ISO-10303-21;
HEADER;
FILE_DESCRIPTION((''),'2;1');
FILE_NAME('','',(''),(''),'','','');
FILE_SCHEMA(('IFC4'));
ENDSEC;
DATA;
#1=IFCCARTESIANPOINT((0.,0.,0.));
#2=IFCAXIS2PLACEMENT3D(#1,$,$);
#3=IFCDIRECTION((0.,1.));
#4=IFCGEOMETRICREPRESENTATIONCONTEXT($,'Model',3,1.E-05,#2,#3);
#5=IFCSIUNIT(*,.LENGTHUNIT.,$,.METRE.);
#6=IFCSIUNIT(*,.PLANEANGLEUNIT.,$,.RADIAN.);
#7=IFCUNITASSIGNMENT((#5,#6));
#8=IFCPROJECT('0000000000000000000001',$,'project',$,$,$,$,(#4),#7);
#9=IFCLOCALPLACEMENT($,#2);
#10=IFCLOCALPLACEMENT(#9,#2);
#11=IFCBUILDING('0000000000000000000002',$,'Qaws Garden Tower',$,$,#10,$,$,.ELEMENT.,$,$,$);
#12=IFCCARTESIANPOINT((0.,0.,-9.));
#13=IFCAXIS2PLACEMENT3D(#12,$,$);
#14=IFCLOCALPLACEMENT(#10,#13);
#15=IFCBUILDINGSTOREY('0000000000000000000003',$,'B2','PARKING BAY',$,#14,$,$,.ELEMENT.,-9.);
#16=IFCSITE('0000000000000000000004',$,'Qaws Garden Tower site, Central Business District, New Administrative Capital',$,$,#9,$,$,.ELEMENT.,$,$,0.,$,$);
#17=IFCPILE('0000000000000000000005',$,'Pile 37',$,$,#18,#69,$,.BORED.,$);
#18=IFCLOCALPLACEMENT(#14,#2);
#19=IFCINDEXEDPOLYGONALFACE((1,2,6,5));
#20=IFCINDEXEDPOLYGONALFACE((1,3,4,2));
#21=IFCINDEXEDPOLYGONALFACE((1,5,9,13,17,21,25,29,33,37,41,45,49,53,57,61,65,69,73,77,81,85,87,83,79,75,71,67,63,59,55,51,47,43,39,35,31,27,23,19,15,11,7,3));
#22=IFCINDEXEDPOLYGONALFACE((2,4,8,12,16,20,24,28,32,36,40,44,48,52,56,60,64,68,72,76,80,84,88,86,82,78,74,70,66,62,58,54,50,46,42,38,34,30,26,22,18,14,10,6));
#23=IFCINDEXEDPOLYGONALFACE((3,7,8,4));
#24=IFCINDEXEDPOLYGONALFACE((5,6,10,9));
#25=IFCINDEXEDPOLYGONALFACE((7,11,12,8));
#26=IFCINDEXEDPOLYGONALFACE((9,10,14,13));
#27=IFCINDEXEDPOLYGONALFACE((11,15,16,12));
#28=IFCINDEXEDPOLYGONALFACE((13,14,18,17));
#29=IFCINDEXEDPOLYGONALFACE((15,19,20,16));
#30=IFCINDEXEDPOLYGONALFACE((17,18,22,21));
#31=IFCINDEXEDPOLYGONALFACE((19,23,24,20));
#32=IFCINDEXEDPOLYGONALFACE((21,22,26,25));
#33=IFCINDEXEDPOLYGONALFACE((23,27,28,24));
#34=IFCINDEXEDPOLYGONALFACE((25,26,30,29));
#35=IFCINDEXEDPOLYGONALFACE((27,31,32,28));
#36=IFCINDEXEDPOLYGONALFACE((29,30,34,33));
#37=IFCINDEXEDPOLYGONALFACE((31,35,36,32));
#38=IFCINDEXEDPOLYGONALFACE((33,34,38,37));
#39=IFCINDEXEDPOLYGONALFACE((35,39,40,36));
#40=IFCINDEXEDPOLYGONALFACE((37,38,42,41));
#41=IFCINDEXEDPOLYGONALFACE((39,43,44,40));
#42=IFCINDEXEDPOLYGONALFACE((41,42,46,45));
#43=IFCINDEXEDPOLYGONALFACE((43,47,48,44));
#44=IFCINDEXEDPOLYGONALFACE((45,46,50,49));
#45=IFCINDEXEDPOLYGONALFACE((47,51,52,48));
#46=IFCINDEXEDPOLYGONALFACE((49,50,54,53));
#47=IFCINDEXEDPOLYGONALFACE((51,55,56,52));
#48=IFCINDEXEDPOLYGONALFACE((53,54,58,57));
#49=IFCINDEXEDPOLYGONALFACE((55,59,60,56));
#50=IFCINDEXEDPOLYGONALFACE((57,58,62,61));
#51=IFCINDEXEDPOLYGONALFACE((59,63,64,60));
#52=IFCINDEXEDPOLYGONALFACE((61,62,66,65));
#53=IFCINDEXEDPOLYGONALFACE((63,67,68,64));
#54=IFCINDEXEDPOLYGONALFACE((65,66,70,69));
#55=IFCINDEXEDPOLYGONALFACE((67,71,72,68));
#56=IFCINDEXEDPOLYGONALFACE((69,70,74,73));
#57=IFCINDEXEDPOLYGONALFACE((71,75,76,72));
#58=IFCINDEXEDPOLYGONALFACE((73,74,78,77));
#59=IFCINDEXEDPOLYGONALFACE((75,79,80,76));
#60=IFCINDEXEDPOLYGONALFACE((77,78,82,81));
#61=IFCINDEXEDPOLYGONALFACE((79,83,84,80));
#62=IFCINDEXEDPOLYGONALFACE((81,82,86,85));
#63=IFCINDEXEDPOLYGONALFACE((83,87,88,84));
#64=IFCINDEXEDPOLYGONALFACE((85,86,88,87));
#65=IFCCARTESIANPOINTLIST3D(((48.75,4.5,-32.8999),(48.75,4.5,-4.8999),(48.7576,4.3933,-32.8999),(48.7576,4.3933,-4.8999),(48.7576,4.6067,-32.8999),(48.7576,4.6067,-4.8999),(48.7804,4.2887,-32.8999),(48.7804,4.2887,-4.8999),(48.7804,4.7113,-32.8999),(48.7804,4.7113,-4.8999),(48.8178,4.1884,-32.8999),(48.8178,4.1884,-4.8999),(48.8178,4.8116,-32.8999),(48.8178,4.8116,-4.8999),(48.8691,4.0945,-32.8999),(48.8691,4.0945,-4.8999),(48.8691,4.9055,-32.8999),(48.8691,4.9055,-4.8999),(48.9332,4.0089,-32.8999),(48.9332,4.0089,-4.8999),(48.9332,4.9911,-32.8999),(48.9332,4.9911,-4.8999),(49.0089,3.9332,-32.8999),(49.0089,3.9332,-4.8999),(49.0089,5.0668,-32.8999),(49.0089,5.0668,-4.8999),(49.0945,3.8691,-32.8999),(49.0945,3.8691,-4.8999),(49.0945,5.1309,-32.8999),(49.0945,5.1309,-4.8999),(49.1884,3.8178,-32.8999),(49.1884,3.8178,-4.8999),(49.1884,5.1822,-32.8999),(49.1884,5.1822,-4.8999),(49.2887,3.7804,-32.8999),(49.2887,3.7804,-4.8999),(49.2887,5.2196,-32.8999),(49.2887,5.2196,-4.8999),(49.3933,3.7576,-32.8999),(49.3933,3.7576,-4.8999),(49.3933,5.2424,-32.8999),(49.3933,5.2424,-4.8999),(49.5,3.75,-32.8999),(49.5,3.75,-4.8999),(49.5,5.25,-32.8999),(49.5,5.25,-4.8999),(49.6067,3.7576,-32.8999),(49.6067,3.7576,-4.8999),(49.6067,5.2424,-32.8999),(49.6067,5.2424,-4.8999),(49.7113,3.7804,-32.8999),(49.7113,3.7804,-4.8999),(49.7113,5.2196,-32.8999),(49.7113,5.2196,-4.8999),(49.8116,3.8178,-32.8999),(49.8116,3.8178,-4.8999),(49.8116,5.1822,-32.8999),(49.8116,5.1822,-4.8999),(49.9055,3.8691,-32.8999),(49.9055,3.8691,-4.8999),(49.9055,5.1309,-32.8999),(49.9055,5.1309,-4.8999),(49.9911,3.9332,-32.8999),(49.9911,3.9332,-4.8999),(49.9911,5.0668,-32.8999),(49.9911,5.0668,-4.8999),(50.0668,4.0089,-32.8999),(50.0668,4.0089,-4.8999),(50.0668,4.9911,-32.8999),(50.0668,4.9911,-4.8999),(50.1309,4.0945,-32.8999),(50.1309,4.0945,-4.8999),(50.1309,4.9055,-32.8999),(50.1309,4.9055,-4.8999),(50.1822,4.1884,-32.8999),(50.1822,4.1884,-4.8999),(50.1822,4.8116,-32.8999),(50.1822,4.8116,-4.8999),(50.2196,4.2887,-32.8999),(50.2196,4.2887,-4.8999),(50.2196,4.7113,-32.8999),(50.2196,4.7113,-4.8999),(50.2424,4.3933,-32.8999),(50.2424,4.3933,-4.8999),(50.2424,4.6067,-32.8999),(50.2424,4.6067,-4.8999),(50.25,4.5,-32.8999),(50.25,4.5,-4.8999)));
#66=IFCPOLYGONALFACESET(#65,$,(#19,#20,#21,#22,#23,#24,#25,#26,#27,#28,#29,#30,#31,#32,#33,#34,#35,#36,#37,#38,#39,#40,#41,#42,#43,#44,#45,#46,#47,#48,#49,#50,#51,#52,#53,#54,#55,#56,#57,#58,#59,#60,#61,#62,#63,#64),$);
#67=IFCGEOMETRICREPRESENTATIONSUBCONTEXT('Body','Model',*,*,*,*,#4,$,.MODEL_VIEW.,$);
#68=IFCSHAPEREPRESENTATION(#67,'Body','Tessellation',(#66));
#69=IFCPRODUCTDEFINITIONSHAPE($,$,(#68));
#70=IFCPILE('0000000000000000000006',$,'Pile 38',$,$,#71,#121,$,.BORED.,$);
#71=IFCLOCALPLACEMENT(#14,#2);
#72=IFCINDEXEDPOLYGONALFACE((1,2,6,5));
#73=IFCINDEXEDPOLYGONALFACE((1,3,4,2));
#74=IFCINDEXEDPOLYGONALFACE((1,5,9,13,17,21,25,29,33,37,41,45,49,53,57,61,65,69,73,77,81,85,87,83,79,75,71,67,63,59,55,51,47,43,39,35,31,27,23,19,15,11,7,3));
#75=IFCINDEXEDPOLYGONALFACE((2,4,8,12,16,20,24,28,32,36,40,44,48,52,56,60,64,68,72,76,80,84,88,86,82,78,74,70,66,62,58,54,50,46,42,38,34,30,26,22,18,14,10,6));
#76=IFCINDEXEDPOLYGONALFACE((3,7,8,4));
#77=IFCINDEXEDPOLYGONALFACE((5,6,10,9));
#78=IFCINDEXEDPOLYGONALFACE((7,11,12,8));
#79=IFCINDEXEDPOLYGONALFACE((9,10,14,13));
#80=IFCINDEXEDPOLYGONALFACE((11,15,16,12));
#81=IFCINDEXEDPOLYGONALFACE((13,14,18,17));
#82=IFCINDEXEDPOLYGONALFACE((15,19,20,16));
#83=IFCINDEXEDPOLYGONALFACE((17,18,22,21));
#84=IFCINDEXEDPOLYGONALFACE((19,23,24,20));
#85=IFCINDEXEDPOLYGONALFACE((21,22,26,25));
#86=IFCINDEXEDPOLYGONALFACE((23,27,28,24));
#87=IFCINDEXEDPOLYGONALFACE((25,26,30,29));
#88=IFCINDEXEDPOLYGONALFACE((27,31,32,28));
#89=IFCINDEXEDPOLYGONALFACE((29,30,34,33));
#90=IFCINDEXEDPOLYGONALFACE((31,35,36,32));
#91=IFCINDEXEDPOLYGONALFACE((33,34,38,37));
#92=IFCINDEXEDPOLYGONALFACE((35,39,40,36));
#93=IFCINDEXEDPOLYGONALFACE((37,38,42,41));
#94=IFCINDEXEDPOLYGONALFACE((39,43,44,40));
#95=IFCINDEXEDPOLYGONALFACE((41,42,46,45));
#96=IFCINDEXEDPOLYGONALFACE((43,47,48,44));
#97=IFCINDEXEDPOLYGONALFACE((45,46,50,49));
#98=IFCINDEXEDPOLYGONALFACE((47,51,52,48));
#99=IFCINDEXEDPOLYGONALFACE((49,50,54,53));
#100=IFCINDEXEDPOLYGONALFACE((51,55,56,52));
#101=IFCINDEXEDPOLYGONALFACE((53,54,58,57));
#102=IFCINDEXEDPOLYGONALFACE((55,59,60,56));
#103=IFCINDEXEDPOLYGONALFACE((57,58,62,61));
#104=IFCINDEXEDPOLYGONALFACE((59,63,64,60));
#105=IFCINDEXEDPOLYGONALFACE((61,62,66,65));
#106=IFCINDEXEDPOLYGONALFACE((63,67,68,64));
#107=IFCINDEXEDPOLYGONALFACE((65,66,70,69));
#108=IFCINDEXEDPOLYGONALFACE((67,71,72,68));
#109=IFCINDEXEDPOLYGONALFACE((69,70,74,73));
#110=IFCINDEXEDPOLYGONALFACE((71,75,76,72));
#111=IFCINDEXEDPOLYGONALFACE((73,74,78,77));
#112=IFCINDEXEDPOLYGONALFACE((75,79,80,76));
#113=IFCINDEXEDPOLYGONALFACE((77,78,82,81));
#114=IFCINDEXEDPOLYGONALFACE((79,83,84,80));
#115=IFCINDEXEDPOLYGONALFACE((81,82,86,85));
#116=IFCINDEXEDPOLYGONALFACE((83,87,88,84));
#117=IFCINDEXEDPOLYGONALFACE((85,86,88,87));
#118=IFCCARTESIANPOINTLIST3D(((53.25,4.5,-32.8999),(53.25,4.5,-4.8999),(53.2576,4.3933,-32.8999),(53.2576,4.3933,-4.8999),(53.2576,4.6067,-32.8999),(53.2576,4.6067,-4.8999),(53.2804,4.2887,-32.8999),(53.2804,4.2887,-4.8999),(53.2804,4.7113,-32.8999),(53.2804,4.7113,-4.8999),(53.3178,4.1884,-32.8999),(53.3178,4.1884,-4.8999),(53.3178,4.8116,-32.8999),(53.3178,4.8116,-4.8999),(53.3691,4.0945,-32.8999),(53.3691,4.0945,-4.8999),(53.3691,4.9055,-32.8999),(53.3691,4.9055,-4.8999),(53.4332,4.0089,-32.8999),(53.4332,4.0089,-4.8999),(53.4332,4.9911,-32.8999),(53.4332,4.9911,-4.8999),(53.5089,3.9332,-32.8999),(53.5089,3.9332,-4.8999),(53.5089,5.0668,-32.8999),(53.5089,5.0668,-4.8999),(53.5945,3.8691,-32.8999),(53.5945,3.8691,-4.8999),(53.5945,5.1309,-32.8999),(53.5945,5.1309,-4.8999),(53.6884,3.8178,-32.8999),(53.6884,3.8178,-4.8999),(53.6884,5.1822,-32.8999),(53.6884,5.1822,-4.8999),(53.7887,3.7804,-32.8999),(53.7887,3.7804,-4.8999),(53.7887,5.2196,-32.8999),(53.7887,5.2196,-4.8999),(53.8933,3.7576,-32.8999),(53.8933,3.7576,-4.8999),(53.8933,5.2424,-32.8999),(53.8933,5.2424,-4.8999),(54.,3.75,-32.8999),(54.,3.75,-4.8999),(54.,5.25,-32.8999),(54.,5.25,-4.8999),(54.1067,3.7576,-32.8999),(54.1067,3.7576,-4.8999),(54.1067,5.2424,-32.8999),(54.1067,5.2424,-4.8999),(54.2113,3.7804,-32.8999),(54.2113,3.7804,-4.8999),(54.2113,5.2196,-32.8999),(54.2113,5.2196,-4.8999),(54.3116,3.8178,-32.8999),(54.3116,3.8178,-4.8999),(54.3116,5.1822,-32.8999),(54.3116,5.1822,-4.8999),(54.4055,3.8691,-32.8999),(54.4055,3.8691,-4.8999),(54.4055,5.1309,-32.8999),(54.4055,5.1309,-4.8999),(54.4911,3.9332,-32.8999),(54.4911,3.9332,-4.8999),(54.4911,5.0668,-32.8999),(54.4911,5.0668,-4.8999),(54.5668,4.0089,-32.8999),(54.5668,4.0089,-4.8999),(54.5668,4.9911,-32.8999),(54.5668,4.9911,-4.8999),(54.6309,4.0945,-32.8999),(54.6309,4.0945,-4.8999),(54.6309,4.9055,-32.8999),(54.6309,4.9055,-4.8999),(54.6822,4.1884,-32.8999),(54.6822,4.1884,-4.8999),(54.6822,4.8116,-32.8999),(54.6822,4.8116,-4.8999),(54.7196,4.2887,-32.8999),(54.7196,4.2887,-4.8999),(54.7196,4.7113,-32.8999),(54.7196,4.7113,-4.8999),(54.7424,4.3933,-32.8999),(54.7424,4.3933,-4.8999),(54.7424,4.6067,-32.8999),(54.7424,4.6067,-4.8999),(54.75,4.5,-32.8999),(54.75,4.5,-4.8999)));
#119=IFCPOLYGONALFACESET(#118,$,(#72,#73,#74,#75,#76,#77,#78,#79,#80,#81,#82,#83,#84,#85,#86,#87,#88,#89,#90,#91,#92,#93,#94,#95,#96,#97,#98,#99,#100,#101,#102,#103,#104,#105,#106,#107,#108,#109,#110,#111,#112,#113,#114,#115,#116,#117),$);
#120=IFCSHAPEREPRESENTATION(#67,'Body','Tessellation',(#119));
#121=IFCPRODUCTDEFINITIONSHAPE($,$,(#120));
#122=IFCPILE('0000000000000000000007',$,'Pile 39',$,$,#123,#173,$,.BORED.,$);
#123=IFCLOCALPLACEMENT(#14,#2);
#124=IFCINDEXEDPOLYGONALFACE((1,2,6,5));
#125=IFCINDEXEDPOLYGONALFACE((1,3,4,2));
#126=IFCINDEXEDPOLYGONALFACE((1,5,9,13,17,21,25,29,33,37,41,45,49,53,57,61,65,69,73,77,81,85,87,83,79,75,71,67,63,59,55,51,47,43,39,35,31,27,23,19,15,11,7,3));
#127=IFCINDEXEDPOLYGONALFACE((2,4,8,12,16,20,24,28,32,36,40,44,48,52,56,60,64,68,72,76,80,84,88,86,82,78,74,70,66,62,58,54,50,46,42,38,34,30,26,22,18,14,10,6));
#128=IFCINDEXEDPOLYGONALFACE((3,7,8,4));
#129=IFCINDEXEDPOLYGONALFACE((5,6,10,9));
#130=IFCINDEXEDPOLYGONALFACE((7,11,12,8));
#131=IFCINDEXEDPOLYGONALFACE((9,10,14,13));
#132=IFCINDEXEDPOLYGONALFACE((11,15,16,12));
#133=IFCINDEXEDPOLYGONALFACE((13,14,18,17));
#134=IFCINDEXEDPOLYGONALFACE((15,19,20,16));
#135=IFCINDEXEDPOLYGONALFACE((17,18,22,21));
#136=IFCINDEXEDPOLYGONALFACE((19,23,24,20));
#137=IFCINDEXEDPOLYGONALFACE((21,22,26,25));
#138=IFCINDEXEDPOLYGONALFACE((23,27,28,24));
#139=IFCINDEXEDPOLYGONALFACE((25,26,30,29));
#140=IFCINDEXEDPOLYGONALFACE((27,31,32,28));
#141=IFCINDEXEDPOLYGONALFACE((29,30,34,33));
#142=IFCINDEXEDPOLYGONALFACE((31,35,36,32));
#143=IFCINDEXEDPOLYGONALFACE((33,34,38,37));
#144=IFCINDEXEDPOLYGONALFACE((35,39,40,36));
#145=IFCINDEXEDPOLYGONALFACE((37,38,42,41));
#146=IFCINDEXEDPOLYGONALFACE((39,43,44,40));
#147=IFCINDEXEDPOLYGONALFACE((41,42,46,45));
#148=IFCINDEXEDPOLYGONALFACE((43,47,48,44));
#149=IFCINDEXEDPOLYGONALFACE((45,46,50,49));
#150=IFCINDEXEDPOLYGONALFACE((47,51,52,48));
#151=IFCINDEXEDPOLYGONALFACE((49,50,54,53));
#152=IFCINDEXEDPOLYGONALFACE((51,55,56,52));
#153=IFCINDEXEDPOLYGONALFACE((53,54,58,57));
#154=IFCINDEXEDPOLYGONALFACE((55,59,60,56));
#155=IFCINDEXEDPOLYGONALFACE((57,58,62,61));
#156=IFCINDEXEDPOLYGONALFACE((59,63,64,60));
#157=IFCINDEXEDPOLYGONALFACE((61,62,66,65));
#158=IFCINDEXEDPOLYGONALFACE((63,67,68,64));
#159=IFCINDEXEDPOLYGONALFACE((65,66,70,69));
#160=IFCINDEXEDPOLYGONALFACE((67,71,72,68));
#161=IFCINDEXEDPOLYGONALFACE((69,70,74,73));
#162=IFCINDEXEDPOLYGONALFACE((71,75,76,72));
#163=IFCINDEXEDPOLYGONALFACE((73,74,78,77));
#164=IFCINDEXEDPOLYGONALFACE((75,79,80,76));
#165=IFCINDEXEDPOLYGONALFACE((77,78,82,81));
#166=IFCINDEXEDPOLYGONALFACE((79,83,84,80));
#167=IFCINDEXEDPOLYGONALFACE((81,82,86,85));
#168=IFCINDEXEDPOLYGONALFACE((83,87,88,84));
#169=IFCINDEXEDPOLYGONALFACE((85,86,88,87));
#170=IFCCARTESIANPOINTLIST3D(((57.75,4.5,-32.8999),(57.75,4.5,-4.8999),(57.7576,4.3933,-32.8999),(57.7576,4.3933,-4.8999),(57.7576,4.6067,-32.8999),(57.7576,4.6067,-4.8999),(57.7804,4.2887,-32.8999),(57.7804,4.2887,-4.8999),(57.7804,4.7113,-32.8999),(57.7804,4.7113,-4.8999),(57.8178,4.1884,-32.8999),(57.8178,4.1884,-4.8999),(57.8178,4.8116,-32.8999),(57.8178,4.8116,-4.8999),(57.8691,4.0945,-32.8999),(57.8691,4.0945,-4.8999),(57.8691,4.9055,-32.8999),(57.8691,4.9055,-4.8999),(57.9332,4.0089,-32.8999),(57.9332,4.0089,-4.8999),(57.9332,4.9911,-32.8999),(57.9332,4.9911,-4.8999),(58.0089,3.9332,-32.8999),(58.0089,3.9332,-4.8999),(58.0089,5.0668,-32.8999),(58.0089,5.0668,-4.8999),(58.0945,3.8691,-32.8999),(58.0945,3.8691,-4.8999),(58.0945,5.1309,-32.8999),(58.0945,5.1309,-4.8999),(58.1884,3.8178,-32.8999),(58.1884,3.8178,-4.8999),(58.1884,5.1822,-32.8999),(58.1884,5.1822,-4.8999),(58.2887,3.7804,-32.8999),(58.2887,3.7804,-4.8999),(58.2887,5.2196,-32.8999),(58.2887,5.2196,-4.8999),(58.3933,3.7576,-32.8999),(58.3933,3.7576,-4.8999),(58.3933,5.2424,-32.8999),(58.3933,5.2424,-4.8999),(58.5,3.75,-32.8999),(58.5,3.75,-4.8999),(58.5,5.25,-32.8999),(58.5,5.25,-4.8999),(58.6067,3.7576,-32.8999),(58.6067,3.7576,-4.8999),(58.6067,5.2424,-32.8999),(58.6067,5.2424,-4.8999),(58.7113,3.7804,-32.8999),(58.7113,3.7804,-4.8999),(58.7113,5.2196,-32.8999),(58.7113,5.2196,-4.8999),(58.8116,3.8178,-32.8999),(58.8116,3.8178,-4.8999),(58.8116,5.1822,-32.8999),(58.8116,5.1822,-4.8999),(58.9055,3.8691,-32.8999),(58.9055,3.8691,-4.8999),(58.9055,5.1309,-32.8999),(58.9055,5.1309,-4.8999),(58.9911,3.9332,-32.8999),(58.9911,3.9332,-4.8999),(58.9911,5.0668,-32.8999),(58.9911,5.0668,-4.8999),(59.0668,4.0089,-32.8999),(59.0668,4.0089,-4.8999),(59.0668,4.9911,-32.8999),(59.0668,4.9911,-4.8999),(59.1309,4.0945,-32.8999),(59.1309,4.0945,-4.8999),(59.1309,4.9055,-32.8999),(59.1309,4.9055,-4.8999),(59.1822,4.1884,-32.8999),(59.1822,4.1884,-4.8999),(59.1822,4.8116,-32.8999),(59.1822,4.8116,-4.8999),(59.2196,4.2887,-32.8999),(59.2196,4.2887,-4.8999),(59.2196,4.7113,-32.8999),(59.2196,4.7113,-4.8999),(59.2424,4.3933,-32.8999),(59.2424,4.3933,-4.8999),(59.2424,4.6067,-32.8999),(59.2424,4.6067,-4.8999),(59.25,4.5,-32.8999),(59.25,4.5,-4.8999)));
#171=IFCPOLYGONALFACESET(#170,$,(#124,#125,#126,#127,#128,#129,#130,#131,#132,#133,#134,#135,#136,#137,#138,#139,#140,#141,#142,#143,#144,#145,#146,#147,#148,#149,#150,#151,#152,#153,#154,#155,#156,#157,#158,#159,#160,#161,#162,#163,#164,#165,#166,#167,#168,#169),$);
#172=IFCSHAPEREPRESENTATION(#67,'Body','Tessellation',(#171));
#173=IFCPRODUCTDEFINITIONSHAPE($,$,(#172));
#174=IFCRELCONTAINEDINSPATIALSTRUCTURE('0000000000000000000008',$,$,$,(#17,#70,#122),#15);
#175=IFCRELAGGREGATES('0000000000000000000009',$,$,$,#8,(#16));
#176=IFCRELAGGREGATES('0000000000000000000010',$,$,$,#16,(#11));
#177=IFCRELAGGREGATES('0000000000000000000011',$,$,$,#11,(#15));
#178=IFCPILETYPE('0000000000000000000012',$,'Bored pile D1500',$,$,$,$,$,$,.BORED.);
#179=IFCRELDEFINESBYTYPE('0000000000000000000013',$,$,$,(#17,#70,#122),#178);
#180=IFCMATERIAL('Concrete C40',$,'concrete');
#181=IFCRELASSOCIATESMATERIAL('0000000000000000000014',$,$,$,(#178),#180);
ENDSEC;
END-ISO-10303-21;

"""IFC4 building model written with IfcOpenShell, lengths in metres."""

from ifc_helpers import new_model, si_unit, direction, frame, origin, origin_2d, place, context, subcontext, project, spatial, circle, extrude, material, material_profile, profile_set, type_object, element, save


model = new_model("IFC4")

# Units and contexts
model_context = context("Model", 3, precision=1e-05, world=origin(), true_north=direction((0.0, 1.0)))
body_context = subcontext(model_context, "Body", "Model", "MODEL_VIEW")
ifc_project = project(units=[si_unit("LENGTHUNIT", "METRE"), si_unit("PLANEANGLEUNIT", "RADIAN")], contexts=[model_context])

# Site, building, storey
site_placement = place(None, origin())
site = spatial("IfcSite", under=ifc_project, at=site_placement, Name="Qaws Garden Tower site, Central Business District, New Administrative Capital", CompositionType="ELEMENT", RefElevation=0.0)
building_placement = place(site_placement, origin())
building = spatial("IfcBuilding", under=site, at=building_placement, Name="Qaws Garden Tower", CompositionType="ELEMENT")
storey_placement = place(building_placement, frame((0.0, 0.0, -9.0)))
storey = spatial("IfcBuildingStorey", under=building, at=storey_placement, Name="B2", Description="PARKING BAY", CompositionType="ELEMENT", Elevation=-9.0)

# Piles
ifc_material_1 = material(Name="Concrete C40", Category="concrete")
ifc_material_profile_1 = material_profile(ifc_material_1, circle(Radius=0.75, at=origin_2d()), Name="Bored pile D1500")
ifc_profile_set_1 = profile_set([ifc_material_profile_1], Name="Concrete C40")
pile_type = type_object("IfcPileType", Name="Bored pile D1500", PredefinedType="BORED", material=ifc_profile_set_1)
for number, where, z_axis, x_axis, name in (
    (1, (49.5, 4.5, -4.8999), (0.0, 0.0, -1.0), (1.0, 0.0, 0.0), "Pile 37"),
    (2, (54.0, 4.5, -4.8999), (0.0, 0.0, -1.0), (1.0, 0.0, 0.0), "Pile 38"),
    (3, (58.5, 4.5, -4.8999), (0.0, 0.0, -1.0), (1.0, 0.0, 0.0), "Pile 39"),
):
    element("IfcPile", number, at=place(storey_placement, frame(where, z_axis=z_axis, x_axis=x_axis)), inside=storey, type_object=pile_type, Name=name, PredefinedType="BORED", context=body_context, shape_type="SweptSolid", body=[
        extrude(circle(Radius=0.75, at=origin_2d()), origin(), (0.0, 0.0, 1.0), 28.0),
    ])

save(model, "model.ifc")
